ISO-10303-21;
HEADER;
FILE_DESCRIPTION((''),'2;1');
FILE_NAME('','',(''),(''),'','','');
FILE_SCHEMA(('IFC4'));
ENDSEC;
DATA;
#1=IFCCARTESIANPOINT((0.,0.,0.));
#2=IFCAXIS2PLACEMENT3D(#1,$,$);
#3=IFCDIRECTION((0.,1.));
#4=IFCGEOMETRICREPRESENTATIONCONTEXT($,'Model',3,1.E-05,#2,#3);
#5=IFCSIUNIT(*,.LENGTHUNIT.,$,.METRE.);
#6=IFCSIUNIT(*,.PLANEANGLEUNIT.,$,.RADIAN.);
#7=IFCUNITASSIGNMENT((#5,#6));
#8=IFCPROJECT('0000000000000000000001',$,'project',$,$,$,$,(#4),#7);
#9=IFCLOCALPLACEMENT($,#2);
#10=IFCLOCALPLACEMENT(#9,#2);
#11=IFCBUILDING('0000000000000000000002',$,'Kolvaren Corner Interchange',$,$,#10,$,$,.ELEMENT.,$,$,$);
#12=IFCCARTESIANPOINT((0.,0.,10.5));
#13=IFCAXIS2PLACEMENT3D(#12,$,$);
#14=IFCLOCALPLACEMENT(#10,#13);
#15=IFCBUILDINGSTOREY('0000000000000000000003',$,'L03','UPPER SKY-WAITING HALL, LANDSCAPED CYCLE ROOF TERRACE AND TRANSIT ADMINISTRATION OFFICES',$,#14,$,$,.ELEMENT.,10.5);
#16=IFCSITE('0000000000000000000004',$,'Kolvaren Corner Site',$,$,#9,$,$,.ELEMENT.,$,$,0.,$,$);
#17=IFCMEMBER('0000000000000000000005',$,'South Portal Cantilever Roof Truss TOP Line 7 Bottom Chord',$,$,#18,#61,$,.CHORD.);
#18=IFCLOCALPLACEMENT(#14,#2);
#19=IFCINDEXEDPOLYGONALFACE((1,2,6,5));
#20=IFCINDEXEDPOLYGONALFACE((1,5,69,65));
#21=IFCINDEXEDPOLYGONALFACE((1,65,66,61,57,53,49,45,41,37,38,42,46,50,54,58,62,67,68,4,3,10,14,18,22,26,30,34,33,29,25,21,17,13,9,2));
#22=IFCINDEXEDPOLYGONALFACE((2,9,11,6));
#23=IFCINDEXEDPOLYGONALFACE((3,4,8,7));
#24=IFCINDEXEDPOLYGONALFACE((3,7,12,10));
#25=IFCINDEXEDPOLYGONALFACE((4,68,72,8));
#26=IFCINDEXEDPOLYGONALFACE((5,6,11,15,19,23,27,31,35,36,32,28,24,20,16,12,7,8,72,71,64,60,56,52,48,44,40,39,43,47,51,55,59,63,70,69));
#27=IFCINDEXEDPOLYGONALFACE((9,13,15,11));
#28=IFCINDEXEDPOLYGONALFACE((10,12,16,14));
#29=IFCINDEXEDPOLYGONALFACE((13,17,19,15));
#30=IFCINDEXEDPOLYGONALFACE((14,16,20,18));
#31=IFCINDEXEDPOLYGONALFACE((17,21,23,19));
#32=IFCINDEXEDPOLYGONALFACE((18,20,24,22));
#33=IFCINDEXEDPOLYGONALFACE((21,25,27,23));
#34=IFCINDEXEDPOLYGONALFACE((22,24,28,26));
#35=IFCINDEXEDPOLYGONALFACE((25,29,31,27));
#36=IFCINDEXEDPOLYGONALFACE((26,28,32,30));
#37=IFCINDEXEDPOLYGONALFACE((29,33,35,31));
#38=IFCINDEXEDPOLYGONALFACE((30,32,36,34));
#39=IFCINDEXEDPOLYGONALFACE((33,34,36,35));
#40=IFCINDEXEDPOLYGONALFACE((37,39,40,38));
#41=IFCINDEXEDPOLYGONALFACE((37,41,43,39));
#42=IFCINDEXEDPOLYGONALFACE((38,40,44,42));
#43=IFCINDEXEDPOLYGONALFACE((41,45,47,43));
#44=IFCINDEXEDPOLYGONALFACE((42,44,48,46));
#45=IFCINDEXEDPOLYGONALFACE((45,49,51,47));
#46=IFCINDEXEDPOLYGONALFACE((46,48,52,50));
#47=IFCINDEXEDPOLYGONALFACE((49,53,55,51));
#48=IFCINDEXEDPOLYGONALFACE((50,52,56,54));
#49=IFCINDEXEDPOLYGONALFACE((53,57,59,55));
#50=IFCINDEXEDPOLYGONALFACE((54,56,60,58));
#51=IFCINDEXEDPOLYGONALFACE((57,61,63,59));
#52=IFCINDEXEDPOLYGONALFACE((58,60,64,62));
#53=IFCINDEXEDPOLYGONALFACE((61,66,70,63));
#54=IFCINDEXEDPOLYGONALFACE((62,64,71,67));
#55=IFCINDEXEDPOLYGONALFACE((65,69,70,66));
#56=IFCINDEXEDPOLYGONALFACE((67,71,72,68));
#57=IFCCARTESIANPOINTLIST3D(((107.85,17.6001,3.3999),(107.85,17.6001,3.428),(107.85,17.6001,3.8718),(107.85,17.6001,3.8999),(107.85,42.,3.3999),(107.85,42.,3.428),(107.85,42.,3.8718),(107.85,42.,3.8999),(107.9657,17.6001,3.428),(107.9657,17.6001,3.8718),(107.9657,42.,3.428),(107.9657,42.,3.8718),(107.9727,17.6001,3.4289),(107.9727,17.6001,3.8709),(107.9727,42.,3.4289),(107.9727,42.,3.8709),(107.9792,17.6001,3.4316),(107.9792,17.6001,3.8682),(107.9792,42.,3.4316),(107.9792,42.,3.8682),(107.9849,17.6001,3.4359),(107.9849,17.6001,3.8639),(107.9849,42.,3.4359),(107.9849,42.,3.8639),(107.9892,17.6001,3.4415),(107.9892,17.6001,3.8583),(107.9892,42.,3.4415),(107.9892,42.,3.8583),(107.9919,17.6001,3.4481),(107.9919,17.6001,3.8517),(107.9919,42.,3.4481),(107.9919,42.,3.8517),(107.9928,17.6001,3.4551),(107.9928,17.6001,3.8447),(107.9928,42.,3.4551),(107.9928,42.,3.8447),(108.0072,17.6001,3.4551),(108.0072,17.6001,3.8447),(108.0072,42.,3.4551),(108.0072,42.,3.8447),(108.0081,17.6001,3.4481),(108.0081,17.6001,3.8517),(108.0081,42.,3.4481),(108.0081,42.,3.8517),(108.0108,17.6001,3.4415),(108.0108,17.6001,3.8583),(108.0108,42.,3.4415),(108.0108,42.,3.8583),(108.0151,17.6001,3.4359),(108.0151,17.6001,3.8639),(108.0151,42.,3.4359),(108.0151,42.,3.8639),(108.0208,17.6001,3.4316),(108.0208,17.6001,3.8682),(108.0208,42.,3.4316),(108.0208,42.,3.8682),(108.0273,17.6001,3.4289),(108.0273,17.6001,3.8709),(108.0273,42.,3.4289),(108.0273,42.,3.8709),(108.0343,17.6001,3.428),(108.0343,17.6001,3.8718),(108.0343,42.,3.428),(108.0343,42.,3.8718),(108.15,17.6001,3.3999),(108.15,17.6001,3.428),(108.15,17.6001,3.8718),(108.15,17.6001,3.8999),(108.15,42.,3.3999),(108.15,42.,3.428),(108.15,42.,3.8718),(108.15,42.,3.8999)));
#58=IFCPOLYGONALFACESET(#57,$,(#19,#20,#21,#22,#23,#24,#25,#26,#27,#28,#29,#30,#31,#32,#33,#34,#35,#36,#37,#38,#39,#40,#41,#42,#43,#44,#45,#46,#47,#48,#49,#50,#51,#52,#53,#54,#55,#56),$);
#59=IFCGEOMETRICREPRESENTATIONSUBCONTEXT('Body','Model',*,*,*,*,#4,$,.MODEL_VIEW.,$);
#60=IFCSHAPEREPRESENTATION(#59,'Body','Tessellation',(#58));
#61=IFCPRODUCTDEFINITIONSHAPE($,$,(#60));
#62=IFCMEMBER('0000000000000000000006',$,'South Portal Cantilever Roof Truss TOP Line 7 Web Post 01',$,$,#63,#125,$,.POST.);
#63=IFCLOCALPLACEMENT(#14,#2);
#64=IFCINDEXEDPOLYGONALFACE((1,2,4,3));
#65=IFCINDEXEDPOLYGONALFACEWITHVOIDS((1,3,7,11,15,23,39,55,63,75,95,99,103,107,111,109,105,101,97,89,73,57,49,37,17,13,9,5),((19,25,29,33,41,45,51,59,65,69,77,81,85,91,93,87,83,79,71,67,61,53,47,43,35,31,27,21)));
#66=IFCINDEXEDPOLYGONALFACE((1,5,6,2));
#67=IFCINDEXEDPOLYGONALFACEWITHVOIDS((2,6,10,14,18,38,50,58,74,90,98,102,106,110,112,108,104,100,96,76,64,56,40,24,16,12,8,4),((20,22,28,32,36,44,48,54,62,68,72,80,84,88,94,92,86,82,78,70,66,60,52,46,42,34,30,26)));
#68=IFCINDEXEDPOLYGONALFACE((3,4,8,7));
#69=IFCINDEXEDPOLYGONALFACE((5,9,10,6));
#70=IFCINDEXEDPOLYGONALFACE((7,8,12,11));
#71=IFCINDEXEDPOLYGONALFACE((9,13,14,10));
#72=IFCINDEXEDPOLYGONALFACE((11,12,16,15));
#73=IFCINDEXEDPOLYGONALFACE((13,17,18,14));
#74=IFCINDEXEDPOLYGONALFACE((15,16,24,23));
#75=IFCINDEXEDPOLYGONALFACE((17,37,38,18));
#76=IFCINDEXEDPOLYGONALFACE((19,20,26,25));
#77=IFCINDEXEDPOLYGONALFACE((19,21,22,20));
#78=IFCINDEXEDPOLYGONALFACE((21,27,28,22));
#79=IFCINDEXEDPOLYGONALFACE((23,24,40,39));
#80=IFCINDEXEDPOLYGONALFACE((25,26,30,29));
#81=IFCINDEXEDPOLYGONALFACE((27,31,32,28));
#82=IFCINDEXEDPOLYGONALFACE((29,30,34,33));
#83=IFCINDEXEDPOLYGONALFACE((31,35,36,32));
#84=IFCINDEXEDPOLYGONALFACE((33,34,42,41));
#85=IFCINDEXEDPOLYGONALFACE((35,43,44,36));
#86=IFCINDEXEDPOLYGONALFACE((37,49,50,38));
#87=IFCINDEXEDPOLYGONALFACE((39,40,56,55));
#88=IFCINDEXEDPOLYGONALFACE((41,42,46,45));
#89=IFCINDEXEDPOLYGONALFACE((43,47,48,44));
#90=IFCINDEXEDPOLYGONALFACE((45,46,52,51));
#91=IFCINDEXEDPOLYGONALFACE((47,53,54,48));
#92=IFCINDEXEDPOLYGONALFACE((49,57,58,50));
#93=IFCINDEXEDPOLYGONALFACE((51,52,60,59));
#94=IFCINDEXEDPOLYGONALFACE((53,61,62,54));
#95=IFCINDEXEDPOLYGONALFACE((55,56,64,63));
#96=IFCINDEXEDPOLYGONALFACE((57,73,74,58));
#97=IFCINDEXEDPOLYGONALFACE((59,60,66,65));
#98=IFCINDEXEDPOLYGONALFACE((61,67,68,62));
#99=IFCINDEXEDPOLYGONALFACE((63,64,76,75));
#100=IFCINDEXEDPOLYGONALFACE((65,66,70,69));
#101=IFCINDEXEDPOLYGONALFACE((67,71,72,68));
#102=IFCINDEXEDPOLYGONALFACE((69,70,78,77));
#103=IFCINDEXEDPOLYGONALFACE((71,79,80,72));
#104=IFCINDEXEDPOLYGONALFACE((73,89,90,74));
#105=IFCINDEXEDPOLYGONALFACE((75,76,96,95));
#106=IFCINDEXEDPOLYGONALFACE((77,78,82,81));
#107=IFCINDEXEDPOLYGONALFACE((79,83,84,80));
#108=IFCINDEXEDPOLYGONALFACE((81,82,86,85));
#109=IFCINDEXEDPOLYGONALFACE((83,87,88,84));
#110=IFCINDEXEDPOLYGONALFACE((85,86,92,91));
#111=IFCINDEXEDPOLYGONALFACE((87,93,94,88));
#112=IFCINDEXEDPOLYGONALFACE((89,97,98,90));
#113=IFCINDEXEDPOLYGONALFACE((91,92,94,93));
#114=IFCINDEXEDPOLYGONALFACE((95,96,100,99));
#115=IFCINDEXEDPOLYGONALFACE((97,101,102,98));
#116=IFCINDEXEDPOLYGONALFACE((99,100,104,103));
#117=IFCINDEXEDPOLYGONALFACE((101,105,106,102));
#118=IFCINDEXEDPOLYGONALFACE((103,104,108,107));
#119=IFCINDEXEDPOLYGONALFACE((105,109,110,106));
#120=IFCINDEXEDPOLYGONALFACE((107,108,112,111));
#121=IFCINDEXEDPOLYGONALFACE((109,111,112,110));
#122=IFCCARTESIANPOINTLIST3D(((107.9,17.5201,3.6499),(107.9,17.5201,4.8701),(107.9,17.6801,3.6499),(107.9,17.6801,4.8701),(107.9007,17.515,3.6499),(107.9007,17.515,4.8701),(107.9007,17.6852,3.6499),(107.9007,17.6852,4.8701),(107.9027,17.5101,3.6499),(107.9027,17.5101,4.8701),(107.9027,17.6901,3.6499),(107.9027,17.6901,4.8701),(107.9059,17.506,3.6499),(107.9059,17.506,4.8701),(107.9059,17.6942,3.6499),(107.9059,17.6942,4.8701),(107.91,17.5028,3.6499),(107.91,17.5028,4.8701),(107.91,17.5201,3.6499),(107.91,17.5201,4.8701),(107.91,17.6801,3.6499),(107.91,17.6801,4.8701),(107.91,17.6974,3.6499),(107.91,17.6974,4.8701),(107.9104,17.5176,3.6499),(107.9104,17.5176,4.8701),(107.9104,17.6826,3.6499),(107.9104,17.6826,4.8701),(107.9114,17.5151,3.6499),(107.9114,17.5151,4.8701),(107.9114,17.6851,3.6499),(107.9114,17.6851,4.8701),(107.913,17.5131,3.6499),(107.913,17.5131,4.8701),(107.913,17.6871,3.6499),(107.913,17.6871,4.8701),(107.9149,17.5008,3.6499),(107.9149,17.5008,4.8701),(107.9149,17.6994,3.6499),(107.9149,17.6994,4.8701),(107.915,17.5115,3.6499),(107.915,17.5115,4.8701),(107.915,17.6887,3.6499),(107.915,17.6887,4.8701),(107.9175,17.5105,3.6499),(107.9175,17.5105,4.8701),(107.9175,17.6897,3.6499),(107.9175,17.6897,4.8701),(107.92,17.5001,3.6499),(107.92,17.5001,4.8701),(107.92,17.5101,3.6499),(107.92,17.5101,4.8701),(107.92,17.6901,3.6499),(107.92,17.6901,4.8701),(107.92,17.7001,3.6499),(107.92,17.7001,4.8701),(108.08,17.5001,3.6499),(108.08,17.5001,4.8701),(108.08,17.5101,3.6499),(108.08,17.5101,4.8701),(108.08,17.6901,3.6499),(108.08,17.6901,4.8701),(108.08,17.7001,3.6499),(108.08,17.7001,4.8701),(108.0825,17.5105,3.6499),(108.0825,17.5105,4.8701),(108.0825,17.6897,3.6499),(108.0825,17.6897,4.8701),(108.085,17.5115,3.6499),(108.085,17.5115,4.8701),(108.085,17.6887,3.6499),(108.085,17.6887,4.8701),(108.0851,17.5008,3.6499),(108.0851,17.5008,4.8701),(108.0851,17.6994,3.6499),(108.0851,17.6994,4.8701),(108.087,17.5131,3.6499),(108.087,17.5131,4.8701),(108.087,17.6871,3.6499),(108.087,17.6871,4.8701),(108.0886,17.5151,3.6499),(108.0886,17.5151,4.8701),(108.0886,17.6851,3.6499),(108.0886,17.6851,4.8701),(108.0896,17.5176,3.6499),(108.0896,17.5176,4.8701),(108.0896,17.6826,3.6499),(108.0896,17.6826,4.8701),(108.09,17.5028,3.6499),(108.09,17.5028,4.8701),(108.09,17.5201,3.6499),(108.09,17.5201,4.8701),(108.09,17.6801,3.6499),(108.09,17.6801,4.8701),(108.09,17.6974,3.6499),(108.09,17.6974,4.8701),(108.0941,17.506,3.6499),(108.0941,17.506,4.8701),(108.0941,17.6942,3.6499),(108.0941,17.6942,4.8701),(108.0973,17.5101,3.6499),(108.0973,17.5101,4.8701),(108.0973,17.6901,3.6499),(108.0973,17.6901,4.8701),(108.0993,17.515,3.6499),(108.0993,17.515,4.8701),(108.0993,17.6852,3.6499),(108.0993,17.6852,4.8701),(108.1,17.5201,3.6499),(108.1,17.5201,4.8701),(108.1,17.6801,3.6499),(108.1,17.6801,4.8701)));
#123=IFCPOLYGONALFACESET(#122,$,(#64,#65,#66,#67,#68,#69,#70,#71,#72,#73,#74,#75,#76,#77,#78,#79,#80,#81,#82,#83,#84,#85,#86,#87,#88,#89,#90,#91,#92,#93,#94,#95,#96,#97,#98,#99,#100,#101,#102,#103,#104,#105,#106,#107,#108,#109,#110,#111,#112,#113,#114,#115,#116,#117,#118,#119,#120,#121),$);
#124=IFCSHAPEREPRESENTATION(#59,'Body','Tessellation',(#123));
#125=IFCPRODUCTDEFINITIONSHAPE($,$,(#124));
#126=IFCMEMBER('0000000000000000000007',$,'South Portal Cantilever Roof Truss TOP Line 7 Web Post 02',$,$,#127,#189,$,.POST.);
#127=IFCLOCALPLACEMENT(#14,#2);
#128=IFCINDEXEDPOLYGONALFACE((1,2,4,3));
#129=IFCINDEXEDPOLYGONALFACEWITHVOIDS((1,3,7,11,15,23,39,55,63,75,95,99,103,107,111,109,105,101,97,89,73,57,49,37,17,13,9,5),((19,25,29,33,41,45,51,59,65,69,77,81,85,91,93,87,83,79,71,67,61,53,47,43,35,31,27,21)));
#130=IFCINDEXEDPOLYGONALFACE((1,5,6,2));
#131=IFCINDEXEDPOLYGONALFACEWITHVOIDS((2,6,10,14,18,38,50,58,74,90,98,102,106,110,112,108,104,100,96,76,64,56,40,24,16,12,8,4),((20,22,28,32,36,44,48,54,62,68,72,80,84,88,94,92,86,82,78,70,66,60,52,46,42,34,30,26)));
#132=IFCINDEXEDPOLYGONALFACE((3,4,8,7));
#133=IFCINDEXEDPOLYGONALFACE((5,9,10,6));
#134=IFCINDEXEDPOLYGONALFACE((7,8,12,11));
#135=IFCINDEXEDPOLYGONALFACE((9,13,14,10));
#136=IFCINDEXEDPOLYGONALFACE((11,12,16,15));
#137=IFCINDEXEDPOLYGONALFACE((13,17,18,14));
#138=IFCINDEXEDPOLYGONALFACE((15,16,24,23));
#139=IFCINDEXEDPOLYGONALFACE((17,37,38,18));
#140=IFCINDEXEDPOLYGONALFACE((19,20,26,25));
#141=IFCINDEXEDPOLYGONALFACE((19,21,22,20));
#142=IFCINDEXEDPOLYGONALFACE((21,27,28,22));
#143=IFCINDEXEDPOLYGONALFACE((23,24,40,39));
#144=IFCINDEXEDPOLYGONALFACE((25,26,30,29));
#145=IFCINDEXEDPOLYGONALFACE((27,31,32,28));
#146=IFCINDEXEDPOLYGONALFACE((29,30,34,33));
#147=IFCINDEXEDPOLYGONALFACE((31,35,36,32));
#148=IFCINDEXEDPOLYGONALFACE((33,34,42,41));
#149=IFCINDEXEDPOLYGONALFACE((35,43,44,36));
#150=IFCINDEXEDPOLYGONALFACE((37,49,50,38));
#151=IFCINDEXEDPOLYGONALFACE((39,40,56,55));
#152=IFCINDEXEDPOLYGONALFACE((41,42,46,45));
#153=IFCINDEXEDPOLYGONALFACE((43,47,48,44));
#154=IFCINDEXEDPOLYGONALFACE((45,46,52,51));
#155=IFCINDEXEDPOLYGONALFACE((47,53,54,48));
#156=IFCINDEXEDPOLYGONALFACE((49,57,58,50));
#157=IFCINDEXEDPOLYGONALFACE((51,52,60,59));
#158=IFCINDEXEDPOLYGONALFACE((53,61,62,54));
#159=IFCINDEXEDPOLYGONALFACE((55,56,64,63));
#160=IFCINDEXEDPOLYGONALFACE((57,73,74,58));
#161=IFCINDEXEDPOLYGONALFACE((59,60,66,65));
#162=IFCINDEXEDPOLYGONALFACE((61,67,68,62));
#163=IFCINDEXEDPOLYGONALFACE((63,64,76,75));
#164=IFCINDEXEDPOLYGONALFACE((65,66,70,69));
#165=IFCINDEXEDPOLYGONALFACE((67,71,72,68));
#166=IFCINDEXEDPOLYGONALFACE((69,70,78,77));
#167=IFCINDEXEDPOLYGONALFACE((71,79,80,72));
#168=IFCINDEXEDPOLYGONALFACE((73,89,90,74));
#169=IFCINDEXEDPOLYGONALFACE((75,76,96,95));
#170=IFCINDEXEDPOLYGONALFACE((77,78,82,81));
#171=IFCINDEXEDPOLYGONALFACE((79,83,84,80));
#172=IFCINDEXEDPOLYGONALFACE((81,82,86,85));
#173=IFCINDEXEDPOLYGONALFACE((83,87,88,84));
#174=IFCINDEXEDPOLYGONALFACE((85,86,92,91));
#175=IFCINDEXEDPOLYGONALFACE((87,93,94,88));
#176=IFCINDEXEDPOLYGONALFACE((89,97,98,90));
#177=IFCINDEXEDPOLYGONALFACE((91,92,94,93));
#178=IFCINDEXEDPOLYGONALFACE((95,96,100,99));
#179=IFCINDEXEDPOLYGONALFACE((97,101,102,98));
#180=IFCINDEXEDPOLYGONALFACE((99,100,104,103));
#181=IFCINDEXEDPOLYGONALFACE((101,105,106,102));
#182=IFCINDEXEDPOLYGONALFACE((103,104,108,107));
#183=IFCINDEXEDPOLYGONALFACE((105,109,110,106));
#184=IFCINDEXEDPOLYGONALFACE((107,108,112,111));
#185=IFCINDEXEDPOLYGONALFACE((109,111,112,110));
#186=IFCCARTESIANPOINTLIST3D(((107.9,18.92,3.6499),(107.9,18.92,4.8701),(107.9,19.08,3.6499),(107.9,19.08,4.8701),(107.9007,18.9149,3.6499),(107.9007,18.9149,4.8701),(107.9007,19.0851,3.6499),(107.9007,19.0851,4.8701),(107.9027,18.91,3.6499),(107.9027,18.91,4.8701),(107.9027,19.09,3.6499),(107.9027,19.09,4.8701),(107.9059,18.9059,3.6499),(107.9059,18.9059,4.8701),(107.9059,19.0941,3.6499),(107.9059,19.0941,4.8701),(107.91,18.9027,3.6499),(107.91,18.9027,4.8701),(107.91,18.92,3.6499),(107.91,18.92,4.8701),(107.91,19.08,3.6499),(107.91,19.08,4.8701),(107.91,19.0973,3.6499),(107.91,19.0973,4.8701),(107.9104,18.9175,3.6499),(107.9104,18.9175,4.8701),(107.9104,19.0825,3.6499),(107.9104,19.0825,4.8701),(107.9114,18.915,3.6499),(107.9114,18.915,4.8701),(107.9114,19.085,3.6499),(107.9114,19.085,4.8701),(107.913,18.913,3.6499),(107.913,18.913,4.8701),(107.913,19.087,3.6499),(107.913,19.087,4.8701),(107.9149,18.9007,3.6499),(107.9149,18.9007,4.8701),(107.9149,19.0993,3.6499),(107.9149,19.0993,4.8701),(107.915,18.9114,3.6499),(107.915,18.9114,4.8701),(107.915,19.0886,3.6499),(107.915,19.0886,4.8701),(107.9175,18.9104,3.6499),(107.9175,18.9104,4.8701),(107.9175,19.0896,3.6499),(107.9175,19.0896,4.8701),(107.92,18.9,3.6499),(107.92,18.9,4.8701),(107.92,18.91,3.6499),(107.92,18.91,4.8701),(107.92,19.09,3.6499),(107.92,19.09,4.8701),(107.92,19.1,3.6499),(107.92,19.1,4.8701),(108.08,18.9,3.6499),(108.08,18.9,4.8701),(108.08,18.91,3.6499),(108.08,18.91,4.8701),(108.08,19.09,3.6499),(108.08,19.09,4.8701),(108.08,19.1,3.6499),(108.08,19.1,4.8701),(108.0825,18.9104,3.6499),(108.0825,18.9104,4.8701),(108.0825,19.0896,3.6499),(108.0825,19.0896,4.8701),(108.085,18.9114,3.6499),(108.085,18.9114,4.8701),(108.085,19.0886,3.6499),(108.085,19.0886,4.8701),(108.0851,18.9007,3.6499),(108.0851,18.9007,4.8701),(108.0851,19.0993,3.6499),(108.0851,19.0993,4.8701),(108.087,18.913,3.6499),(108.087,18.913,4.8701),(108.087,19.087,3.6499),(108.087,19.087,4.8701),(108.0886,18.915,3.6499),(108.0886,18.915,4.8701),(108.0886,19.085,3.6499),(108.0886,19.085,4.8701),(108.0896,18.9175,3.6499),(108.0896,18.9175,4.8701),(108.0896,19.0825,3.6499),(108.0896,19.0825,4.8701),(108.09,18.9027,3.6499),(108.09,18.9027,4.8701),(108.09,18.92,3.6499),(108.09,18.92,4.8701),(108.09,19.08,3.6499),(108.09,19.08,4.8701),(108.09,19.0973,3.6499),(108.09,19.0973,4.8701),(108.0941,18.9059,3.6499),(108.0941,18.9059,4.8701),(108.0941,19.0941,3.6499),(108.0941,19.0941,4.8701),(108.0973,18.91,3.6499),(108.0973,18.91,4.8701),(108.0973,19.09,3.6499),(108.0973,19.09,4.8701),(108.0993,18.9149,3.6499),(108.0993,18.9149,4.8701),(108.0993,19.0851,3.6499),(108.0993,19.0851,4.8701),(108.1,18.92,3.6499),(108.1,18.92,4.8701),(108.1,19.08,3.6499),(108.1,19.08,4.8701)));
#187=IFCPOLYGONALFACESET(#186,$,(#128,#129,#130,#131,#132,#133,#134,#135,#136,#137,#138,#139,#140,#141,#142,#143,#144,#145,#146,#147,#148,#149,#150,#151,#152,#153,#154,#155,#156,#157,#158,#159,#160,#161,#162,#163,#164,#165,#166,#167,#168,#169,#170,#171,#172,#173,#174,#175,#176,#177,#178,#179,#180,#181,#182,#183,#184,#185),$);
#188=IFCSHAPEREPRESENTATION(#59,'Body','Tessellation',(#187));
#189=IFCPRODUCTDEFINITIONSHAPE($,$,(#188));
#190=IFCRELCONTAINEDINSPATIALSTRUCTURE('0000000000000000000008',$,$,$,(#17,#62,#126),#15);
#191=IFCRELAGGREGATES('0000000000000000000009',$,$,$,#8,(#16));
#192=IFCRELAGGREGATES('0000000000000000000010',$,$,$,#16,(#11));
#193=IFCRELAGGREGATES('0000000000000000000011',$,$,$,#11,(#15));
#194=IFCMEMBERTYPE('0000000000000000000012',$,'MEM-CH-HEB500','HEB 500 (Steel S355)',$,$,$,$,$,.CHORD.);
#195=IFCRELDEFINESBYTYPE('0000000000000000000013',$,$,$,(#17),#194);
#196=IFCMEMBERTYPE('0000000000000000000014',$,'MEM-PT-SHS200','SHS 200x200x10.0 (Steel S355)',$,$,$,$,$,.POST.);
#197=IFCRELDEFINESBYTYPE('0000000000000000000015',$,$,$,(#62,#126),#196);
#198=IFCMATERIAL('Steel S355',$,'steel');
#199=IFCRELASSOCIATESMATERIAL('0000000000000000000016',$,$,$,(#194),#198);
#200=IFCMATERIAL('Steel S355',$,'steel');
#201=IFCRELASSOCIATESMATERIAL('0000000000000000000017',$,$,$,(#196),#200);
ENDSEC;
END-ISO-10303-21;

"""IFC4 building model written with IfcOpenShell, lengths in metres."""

from ifc_helpers import new_model, si_unit, direction, frame, origin, origin_2d, place, context, subcontext, project, spatial, hollow_rectangle, i_section, extrude, material, material_profile, profile_set, type_object, element, save


model = new_model("IFC4")

# Units and contexts
model_context = context("Model", 3, precision=1e-05, world=origin(), true_north=direction((0.0, 1.0)))
body_context = subcontext(model_context, "Body", "Model", "MODEL_VIEW")
ifc_project = project(units=[si_unit("LENGTHUNIT", "METRE"), si_unit("PLANEANGLEUNIT", "RADIAN")], contexts=[model_context])

# Site, building, storey
site_placement = place(None, origin())
site = spatial("IfcSite", under=ifc_project, at=site_placement, Name="Kolvaren Corner Site", CompositionType="ELEMENT", RefElevation=0.0)
building_placement = place(site_placement, origin())
building = spatial("IfcBuilding", under=site, at=building_placement, Name="Kolvaren Corner Interchange", CompositionType="ELEMENT")
storey_placement = place(building_placement, frame((0.0, 0.0, 10.5)))
storey = spatial("IfcBuildingStorey", under=building, at=storey_placement, Name="L03", Description="UPPER SKY-WAITING HALL, LANDSCAPED CYCLE ROOF TERRACE AND TRANSIT ADMINISTRATION OFFICES", CompositionType="ELEMENT", Elevation=10.5)

# Members
ifc_material_1 = material(Name="Steel S355", Category="steel")
ifc_material_profile_1 = material_profile(ifc_material_1, i_section(OverallWidth=0.3, OverallDepth=0.5, WebThickness=0.0144, FlangeThickness=0.0281, FilletRadius=0.0271, at=origin_2d()), Name="HEB 500")
ifc_profile_set_1 = profile_set([ifc_material_profile_1], Name="Steel S355")
member_type_1 = type_object("IfcMemberType", Name="MEM-CH-HEB500", Description="HEB 500 (Steel S355)", PredefinedType="CHORD", material=ifc_profile_set_1)
for number, where, z_axis, x_axis, name in (
    (1, (108.0, 17.6001, 3.6499), (0.0, 1.0, 0.0), (-1.0, 0.0, 0.0), "South Portal Cantilever Roof Truss TOP Line 7 Bottom Chord"),
):
    element("IfcMember", number, at=place(storey_placement, frame(where, z_axis=z_axis, x_axis=x_axis)), inside=storey, type_object=member_type_1, Name=name, PredefinedType="CHORD", context=body_context, shape_type="SweptSolid", body=[
        extrude(i_section(OverallWidth=0.3, OverallDepth=0.5, WebThickness=0.0144, FlangeThickness=0.0281, FilletRadius=0.0271, at=origin_2d()), origin(), (0.0, 0.0, 1.0), 24.3999),
    ])
ifc_material_2 = material(Name="Steel S355", Category="steel")
ifc_material_profile_2 = material_profile(ifc_material_2, hollow_rectangle(XDim=0.2, YDim=0.2, WallThickness=0.01, InnerFilletRadius=0.01, OuterFilletRadius=0.02, at=origin_2d()), Name="SHS 200x200x10.0")
ifc_profile_set_2 = profile_set([ifc_material_profile_2], Name="Steel S355")
member_type_2 = type_object("IfcMemberType", Name="MEM-PT-SHS200", Description="SHS 200x200x10.0 (Steel S355)", PredefinedType="POST", material=ifc_profile_set_2)
for number, where, z_axis, x_axis, name in (
    (2, (108.0, 17.6001, 3.6499), (0.0, 0.0, 1.0), (1.0, 0.0, 0.0), "South Portal Cantilever Roof Truss TOP Line 7 Web Post 01"),
    (3, (108.0, 19.0, 3.6499), (0.0, 0.0, 1.0), (1.0, 0.0, 0.0), "South Portal Cantilever Roof Truss TOP Line 7 Web Post 02"),
):
    element("IfcMember", number, at=place(storey_placement, frame(where, z_axis=z_axis, x_axis=x_axis)), inside=storey, type_object=member_type_2, Name=name, PredefinedType="POST", context=body_context, shape_type="SweptSolid", body=[
        extrude(hollow_rectangle(XDim=0.2, YDim=0.2, WallThickness=0.01, InnerFilletRadius=0.01, OuterFilletRadius=0.02, at=origin_2d()), origin(), (0.0, 0.0, 1.0), 1.2202),
    ])

save(model, "model.ifc")
